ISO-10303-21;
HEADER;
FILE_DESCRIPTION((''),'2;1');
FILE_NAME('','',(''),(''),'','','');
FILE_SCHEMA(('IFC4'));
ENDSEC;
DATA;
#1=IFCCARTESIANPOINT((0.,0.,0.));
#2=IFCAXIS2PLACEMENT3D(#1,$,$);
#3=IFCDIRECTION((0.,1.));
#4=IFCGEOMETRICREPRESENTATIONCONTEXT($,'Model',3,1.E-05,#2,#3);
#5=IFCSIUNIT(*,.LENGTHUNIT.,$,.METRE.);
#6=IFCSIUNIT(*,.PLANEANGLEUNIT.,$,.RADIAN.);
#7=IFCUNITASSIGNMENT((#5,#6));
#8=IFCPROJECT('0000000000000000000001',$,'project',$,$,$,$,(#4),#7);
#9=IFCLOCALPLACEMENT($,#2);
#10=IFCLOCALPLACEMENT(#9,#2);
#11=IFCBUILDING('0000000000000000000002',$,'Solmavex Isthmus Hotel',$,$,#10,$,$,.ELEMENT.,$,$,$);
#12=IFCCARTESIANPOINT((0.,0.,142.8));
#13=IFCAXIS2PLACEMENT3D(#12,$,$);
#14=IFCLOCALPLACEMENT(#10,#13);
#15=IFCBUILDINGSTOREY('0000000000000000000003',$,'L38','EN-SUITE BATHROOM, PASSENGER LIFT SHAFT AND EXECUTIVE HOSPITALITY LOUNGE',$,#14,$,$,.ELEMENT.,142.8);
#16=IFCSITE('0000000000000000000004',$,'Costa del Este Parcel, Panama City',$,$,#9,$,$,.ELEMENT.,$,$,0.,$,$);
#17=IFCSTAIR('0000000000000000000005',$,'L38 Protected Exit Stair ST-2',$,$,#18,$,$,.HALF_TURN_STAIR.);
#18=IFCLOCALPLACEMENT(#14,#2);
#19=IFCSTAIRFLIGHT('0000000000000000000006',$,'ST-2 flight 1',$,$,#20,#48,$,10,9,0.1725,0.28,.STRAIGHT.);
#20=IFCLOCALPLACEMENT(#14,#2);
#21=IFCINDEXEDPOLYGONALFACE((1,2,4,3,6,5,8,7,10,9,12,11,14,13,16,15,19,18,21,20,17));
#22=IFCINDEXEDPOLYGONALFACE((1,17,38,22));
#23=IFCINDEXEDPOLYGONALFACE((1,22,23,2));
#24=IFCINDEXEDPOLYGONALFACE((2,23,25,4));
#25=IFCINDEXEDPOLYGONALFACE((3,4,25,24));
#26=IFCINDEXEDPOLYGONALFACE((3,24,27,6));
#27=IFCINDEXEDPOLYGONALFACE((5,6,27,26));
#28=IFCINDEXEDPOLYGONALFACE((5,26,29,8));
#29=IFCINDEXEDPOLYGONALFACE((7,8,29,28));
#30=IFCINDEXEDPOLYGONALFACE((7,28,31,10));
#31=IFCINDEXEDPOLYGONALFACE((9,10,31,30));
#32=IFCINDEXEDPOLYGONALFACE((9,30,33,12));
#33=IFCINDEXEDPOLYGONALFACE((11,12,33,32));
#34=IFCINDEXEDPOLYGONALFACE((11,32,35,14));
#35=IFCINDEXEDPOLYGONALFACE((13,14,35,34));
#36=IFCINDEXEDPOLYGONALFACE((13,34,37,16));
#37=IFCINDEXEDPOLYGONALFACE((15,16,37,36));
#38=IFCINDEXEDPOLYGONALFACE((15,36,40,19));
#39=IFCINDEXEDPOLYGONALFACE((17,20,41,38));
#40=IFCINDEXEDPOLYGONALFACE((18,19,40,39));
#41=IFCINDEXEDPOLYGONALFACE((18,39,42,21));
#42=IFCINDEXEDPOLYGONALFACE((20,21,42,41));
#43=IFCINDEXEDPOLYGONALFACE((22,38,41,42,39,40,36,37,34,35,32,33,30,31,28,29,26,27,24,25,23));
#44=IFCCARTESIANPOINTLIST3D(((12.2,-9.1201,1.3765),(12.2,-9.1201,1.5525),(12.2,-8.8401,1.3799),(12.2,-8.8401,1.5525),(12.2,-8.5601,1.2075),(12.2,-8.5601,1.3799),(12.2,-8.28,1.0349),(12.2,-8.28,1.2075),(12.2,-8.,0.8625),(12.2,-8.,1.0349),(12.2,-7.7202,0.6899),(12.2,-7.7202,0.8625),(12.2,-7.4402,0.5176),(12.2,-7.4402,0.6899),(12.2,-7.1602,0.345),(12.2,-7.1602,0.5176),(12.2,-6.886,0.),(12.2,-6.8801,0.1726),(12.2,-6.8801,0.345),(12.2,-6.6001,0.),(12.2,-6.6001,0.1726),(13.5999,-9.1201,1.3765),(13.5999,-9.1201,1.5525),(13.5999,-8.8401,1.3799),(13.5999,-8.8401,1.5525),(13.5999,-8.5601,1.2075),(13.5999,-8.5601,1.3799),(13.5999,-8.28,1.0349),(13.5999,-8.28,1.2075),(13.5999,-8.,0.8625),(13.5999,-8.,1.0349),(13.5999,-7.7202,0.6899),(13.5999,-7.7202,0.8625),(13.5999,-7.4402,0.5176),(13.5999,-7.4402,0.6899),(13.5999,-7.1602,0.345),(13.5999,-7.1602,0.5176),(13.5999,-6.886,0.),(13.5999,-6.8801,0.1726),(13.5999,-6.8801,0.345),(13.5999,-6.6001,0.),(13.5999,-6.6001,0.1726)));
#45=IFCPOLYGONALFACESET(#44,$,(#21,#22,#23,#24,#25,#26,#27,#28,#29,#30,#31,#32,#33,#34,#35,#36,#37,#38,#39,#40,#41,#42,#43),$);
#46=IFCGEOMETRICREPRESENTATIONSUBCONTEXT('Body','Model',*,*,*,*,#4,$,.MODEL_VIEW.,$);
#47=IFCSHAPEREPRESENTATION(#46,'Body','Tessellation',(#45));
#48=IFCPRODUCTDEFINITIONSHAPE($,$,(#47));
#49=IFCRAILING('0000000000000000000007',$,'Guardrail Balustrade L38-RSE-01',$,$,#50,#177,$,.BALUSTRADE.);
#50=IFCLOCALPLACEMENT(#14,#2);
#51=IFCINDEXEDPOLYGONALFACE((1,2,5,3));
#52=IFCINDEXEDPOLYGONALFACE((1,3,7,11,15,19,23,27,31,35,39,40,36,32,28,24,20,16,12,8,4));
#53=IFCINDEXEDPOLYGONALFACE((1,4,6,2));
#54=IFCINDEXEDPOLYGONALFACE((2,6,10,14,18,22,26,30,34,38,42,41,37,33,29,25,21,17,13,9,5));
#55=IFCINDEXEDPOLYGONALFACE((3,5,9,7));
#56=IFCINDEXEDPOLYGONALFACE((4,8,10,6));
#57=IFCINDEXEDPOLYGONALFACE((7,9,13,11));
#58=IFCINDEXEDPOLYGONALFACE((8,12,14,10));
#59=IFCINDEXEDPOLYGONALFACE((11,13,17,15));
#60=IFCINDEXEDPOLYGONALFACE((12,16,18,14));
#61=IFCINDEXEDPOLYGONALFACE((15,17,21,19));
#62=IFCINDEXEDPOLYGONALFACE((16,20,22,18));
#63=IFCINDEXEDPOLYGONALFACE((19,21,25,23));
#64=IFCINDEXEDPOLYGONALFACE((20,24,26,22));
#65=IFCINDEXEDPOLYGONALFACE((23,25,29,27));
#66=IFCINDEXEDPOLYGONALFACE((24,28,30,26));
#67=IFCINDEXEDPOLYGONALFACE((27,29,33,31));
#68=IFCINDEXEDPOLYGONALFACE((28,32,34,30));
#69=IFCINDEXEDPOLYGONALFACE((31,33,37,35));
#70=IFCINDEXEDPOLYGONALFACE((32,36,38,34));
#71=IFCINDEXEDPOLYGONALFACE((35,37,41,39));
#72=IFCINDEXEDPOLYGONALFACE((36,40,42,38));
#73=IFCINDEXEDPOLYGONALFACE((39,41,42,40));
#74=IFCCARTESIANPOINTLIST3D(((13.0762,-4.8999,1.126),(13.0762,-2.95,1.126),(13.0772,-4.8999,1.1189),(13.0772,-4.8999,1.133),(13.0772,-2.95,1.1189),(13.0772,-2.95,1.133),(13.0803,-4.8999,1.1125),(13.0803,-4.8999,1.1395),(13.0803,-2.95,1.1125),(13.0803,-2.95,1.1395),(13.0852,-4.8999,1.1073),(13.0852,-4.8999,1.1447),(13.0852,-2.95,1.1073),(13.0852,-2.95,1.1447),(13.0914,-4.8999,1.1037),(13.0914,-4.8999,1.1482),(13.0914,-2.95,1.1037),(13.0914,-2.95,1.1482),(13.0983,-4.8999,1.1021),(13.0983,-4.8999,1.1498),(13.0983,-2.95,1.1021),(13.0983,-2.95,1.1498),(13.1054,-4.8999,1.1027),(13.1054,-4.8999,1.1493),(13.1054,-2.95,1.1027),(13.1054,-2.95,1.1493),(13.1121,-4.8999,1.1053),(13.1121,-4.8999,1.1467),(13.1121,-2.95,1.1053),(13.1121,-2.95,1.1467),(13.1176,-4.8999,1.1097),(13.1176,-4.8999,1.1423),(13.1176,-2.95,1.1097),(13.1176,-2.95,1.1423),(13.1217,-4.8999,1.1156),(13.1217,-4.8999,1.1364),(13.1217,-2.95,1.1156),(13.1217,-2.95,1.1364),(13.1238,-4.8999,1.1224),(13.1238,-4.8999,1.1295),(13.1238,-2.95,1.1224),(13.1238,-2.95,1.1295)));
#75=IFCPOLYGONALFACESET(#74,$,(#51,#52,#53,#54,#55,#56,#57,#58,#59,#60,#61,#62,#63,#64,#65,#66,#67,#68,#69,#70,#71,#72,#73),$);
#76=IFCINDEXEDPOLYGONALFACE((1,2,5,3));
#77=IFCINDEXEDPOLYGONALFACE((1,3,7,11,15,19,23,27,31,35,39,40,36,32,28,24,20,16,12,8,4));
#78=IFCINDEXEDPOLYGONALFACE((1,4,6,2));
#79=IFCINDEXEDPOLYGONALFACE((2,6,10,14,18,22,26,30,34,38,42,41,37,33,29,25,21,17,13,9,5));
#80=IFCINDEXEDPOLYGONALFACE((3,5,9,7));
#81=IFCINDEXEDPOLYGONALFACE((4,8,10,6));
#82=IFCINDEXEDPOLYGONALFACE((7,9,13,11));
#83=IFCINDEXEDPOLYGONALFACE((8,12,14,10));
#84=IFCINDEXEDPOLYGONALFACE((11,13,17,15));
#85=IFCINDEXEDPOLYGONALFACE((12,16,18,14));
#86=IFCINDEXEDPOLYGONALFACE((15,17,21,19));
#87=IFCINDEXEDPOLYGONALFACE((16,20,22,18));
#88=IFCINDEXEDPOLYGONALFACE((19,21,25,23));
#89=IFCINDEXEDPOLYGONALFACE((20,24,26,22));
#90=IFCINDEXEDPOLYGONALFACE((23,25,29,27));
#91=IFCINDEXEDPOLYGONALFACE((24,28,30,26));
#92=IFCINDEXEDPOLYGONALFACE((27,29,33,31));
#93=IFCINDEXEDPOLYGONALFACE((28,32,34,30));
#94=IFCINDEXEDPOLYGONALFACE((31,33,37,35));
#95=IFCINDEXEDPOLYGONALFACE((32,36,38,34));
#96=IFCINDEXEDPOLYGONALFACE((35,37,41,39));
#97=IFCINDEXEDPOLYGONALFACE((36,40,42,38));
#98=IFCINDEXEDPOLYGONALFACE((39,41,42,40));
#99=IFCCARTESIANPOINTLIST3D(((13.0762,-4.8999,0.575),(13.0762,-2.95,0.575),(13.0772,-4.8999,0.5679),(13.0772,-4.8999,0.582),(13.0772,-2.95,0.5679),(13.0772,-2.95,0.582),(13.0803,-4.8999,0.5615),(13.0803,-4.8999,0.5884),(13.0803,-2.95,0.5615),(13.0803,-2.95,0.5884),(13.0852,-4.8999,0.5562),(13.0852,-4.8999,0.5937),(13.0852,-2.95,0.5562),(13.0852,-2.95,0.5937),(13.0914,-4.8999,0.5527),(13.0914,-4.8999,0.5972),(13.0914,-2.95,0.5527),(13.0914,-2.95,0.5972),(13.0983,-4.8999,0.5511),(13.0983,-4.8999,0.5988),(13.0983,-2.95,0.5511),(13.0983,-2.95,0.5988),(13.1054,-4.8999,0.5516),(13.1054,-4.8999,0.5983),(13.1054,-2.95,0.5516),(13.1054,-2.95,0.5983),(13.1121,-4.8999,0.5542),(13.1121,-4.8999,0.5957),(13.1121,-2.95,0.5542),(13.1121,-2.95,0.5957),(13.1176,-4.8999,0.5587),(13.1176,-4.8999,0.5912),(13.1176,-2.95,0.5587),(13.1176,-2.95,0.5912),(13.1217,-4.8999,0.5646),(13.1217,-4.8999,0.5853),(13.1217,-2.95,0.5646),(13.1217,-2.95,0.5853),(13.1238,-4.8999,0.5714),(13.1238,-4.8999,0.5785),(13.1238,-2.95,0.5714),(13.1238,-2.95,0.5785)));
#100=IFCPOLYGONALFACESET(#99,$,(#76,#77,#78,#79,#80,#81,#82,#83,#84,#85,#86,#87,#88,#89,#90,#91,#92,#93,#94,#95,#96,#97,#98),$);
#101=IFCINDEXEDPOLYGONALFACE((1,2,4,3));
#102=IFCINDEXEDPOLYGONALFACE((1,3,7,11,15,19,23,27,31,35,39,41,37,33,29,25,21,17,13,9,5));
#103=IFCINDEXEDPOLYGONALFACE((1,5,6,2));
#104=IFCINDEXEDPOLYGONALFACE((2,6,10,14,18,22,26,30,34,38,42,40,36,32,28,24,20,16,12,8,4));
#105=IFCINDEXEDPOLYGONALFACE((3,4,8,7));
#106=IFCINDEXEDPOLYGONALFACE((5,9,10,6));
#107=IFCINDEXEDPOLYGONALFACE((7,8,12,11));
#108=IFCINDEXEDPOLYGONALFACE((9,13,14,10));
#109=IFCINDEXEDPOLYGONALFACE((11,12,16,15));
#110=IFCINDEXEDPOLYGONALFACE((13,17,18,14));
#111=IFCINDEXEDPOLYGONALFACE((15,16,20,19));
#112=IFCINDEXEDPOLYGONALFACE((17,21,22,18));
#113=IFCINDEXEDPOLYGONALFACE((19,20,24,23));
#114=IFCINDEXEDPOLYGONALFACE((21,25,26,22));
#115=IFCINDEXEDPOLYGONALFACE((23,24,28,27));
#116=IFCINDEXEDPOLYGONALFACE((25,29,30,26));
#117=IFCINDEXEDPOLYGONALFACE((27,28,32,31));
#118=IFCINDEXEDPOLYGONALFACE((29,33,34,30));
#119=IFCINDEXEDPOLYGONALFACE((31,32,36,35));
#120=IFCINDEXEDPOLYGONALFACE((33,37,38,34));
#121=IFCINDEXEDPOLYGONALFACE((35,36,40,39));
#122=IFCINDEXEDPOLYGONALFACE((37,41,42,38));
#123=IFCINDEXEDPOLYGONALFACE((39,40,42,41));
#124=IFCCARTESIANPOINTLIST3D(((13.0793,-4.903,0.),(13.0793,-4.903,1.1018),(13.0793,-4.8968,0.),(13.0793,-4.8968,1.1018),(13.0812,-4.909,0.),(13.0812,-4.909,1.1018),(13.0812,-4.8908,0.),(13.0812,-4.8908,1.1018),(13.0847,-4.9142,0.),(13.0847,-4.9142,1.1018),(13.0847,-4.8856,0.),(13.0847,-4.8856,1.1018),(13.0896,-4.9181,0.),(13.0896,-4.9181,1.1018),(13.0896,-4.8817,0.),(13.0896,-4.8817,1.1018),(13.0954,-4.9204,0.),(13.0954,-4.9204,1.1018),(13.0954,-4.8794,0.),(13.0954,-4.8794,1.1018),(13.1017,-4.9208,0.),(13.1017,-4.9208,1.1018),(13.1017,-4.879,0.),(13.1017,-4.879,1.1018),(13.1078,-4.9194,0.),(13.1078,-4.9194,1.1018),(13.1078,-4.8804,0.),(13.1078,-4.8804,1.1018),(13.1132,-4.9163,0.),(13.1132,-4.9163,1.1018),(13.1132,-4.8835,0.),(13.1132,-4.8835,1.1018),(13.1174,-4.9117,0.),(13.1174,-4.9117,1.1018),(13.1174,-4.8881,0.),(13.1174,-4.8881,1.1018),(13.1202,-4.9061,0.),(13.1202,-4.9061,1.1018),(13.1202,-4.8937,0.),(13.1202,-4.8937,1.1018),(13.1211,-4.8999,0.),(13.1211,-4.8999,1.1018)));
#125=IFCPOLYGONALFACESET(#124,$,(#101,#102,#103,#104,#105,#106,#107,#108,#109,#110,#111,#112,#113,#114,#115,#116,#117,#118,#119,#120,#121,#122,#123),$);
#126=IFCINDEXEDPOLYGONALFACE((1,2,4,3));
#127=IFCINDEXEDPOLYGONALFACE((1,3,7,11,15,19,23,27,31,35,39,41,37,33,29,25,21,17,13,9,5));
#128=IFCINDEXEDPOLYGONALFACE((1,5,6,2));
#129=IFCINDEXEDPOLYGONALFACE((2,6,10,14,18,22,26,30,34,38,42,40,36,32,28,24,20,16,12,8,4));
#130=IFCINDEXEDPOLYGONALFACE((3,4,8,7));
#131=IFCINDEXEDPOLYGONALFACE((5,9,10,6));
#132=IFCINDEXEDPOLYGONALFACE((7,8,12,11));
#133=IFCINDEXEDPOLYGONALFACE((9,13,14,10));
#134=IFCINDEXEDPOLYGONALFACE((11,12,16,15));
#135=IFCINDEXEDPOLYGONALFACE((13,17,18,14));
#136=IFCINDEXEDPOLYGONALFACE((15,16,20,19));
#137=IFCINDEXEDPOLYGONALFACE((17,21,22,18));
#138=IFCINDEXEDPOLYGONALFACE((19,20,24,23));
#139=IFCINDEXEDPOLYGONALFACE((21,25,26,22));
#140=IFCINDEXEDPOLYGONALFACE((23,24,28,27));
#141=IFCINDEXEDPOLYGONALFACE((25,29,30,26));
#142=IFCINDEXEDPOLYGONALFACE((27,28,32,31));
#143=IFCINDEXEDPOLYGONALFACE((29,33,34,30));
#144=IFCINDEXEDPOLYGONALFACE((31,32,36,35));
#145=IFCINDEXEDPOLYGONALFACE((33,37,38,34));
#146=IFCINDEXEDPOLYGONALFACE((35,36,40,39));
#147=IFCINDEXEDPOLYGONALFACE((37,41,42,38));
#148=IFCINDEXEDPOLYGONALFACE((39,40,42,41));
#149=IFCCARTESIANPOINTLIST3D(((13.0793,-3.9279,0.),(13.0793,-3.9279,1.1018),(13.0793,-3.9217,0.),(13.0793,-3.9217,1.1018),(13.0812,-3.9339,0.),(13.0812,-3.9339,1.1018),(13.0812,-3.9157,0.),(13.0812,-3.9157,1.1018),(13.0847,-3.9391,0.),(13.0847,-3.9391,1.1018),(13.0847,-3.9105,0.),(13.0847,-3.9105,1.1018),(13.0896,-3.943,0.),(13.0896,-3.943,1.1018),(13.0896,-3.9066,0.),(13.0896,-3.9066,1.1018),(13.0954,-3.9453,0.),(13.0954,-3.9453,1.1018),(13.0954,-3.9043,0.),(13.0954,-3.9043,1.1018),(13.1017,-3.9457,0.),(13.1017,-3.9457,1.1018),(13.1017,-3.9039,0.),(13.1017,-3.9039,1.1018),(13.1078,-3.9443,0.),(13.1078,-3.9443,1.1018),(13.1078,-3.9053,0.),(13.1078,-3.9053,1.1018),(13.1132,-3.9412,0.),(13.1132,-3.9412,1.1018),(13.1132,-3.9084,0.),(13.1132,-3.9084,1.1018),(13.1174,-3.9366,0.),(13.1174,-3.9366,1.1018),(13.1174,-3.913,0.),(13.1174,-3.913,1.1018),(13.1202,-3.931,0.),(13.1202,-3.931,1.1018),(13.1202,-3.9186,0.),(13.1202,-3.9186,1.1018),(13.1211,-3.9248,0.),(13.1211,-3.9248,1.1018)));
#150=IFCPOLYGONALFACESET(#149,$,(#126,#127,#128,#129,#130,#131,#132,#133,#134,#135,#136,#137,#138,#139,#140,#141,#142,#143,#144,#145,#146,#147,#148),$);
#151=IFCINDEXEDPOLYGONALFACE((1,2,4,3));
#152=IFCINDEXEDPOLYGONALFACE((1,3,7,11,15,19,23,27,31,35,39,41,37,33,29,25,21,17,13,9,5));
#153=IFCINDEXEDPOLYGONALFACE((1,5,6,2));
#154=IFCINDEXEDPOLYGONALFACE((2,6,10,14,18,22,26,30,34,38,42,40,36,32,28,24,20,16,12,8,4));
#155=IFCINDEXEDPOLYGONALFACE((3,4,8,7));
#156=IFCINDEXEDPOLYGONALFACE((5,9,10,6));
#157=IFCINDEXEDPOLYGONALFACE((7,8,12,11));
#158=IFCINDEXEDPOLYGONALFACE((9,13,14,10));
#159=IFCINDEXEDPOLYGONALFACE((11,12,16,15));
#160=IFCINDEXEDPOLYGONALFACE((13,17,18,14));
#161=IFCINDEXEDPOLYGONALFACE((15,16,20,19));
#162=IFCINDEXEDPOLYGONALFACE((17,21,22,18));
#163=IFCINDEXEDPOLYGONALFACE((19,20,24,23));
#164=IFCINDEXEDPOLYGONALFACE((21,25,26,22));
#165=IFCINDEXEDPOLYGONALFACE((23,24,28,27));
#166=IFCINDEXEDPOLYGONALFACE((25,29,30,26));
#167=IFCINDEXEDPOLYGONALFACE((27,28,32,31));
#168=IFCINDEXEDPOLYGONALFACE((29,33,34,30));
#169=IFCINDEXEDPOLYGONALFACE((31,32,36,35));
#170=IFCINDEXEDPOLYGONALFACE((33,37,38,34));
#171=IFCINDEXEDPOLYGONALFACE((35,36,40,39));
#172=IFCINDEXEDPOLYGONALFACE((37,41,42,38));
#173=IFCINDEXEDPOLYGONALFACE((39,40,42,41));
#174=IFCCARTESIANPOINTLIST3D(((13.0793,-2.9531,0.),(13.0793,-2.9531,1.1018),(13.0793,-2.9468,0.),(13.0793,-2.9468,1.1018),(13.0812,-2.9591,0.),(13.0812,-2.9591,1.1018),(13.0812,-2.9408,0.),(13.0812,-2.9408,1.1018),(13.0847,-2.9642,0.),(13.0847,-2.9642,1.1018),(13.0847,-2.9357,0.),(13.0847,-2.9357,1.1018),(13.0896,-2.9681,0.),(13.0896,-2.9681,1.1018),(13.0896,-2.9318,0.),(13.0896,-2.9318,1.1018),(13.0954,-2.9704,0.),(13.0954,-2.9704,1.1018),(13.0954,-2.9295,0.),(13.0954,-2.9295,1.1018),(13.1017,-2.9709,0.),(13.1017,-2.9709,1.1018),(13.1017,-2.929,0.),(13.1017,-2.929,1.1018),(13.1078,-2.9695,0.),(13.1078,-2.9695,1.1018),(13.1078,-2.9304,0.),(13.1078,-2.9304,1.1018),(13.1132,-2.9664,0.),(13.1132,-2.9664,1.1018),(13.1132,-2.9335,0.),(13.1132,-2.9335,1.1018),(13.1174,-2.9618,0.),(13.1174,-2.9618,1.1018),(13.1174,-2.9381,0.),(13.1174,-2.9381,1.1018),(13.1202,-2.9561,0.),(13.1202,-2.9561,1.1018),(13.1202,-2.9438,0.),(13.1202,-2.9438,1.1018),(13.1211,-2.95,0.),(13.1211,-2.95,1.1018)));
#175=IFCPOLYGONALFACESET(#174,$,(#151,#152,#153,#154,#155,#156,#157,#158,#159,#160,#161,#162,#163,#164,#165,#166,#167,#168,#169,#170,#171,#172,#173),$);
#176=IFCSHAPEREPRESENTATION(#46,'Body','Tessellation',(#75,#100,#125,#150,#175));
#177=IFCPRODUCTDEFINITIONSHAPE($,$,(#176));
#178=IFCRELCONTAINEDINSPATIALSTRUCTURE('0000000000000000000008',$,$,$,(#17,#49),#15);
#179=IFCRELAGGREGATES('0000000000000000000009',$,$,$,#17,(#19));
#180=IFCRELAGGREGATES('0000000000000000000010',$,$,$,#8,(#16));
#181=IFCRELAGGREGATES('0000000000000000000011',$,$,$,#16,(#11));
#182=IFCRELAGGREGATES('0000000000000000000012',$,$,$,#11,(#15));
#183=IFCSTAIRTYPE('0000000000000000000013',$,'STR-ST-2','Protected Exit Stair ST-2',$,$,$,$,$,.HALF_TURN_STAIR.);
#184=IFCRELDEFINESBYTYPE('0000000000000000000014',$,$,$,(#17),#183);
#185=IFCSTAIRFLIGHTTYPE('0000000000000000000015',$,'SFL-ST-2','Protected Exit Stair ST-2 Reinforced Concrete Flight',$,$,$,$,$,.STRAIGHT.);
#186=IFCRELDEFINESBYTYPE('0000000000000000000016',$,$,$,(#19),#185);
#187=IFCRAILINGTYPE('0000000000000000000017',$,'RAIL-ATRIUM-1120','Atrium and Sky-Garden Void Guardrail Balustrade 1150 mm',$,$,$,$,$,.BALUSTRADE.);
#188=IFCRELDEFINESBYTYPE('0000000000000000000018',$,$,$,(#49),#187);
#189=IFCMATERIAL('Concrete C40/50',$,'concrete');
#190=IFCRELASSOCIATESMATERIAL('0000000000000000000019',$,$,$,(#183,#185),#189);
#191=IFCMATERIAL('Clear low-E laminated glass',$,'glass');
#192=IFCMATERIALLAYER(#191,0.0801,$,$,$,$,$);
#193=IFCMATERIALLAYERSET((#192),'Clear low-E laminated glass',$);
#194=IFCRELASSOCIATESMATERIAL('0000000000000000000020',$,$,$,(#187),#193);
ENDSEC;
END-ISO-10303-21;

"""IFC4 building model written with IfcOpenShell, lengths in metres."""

from ifc_helpers import new_model, si_unit, direction, frame, origin, origin_2d, place, context, subcontext, project, spatial, polyline, circle, outline, extrude, material, layer, layer_set, type_object, element, aggregate, save


model = new_model("IFC4")

# Units and contexts
model_context = context("Model", 3, precision=1e-05, world=origin(), true_north=direction((0.0, 1.0)))
body_context = subcontext(model_context, "Body", "Model", "MODEL_VIEW")
ifc_project = project(units=[si_unit("LENGTHUNIT", "METRE"), si_unit("PLANEANGLEUNIT", "RADIAN")], contexts=[model_context])

# Site, building, storey
site_placement = place(None, origin())
site = spatial("IfcSite", under=ifc_project, at=site_placement, Name="Costa del Este Parcel, Panama City", CompositionType="ELEMENT", RefElevation=0.0)
building_placement = place(site_placement, origin())
building = spatial("IfcBuilding", under=site, at=building_placement, Name="Solmavex Isthmus Hotel", CompositionType="ELEMENT")
storey_placement = place(building_placement, frame((0.0, 0.0, 142.8)))
storey = spatial("IfcBuildingStorey", under=building, at=storey_placement, Name="L38", Description="EN-SUITE BATHROOM, PASSENGER LIFT SHAFT AND EXECUTIVE HOSPITALITY LOUNGE", CompositionType="ELEMENT", Elevation=142.8)

# Shared definitions
ifc_material_1 = material(Name="Concrete C40/50", Category="concrete")

# Stair, stair flight
stair_type = type_object("IfcStairType", Name="STR-ST-2", Description="Protected Exit Stair ST-2", PredefinedType="HALF_TURN_STAIR", material=ifc_material_1)
stair_placement = place(storey_placement, origin())
stair = element("IfcStair", 1, at=stair_placement, inside=storey, type_object=stair_type, Name="L38 Protected Exit Stair ST-2", PredefinedType="HALF_TURN_STAIR")
stair_flight_type = type_object("IfcStairFlightType", Name="SFL-ST-2", Description="Protected Exit Stair ST-2 Reinforced Concrete Flight", PredefinedType="STRAIGHT", material=ifc_material_1)
stair_flight_placement = place(storey_placement, frame((12.8999, -6.6001, 0.0), z_axis=(0.0, 0.0, 1.0), x_axis=(0.0, -1.0, 0.0)))
stair_flight = element("IfcStairFlight", 2, at=stair_flight_placement, type_object=stair_flight_type, Name="ST-2 flight 1", NumberOfRisers=10, NumberOfTreads=9, PredefinedType="STRAIGHT", RiserHeight=0.1725, TreadLength=0.28, context=body_context, shape_type="SweptSolid", body=[
    extrude(outline(polyline([(0.0, 0.0), (0.0, 0.1726), (0.28, 0.1726), (0.28, 0.345), (0.5601, 0.345), (0.5601, 0.5176), (0.8401, 0.5176), (0.8401, 0.6899), (1.1201, 0.6899), (1.1201, 0.8625), (1.3999, 0.8625), (1.3999, 1.0349), (1.6799, 1.0349), (1.6799, 1.2075), (1.96, 1.2075), (1.96, 1.3799), (2.24, 1.3799), (2.24, 1.5525), (2.52, 1.5525), (2.52, 1.7251), (2.52, 1.3765), (0.2859, 0.0), (0.0, 0.0)])), frame((0.0, 0.7, 0.0), z_axis=(0.0, -1.0, 0.0), x_axis=(1.0, 0.0, 0.0)), (0.0, 0.0, 1.0), 1.3999),
])
aggregate(stair, [stair_flight])

# Railing
ifc_material_2 = material(Name="Clear low-E laminated glass", Category="glass")
ifc_layer_1 = layer(ifc_material_2, 0.0801)
ifc_layer_set_1 = layer_set([ifc_layer_1], Name="Clear low-E laminated glass")
railing_type_1 = type_object("IfcRailingType", Name="RAIL-ATRIUM-1120", Description="Atrium and Sky-Garden Void Guardrail Balustrade 1150 mm", PredefinedType="BALUSTRADE", material=ifc_layer_set_1)
railing_1_placement = place(storey_placement, frame((13.1001, -4.8999, 0.0)))
element("IfcRailing", 3, at=railing_1_placement, inside=storey, type_object=railing_type_1, Name="Guardrail Balustrade L38-RSE-01", PredefinedType="BALUSTRADE", context=body_context, shape_type="SweptSolid", body=[
    extrude(circle(Radius=0.0239, at=origin_2d()), frame((0.0, 0.0, 1.126), z_axis=(0.0, 1.0, 0.0), x_axis=(-1.0, 0.0, 0.0)), (0.0, 0.0, 1.0), 1.95),
    extrude(circle(Radius=0.0239, at=origin_2d()), frame((0.0, 0.0, 0.575), z_axis=(0.0, 1.0, 0.0), x_axis=(-1.0, 0.0, 0.0)), (0.0, 0.0, 1.0), 1.95),
    extrude(circle(Radius=0.021, at=origin_2d()), origin(), (0.0, 0.0, 1.0), 1.1018),
    extrude(circle(Radius=0.021, at=origin_2d()), frame((0.0, 0.9751, 0.0)), (0.0, 0.0, 1.0), 1.1018),
    extrude(circle(Radius=0.021, at=origin_2d()), frame((0.0, 1.95, 0.0)), (0.0, 0.0, 1.0), 1.1018),
])

save(model, "model.ifc")
